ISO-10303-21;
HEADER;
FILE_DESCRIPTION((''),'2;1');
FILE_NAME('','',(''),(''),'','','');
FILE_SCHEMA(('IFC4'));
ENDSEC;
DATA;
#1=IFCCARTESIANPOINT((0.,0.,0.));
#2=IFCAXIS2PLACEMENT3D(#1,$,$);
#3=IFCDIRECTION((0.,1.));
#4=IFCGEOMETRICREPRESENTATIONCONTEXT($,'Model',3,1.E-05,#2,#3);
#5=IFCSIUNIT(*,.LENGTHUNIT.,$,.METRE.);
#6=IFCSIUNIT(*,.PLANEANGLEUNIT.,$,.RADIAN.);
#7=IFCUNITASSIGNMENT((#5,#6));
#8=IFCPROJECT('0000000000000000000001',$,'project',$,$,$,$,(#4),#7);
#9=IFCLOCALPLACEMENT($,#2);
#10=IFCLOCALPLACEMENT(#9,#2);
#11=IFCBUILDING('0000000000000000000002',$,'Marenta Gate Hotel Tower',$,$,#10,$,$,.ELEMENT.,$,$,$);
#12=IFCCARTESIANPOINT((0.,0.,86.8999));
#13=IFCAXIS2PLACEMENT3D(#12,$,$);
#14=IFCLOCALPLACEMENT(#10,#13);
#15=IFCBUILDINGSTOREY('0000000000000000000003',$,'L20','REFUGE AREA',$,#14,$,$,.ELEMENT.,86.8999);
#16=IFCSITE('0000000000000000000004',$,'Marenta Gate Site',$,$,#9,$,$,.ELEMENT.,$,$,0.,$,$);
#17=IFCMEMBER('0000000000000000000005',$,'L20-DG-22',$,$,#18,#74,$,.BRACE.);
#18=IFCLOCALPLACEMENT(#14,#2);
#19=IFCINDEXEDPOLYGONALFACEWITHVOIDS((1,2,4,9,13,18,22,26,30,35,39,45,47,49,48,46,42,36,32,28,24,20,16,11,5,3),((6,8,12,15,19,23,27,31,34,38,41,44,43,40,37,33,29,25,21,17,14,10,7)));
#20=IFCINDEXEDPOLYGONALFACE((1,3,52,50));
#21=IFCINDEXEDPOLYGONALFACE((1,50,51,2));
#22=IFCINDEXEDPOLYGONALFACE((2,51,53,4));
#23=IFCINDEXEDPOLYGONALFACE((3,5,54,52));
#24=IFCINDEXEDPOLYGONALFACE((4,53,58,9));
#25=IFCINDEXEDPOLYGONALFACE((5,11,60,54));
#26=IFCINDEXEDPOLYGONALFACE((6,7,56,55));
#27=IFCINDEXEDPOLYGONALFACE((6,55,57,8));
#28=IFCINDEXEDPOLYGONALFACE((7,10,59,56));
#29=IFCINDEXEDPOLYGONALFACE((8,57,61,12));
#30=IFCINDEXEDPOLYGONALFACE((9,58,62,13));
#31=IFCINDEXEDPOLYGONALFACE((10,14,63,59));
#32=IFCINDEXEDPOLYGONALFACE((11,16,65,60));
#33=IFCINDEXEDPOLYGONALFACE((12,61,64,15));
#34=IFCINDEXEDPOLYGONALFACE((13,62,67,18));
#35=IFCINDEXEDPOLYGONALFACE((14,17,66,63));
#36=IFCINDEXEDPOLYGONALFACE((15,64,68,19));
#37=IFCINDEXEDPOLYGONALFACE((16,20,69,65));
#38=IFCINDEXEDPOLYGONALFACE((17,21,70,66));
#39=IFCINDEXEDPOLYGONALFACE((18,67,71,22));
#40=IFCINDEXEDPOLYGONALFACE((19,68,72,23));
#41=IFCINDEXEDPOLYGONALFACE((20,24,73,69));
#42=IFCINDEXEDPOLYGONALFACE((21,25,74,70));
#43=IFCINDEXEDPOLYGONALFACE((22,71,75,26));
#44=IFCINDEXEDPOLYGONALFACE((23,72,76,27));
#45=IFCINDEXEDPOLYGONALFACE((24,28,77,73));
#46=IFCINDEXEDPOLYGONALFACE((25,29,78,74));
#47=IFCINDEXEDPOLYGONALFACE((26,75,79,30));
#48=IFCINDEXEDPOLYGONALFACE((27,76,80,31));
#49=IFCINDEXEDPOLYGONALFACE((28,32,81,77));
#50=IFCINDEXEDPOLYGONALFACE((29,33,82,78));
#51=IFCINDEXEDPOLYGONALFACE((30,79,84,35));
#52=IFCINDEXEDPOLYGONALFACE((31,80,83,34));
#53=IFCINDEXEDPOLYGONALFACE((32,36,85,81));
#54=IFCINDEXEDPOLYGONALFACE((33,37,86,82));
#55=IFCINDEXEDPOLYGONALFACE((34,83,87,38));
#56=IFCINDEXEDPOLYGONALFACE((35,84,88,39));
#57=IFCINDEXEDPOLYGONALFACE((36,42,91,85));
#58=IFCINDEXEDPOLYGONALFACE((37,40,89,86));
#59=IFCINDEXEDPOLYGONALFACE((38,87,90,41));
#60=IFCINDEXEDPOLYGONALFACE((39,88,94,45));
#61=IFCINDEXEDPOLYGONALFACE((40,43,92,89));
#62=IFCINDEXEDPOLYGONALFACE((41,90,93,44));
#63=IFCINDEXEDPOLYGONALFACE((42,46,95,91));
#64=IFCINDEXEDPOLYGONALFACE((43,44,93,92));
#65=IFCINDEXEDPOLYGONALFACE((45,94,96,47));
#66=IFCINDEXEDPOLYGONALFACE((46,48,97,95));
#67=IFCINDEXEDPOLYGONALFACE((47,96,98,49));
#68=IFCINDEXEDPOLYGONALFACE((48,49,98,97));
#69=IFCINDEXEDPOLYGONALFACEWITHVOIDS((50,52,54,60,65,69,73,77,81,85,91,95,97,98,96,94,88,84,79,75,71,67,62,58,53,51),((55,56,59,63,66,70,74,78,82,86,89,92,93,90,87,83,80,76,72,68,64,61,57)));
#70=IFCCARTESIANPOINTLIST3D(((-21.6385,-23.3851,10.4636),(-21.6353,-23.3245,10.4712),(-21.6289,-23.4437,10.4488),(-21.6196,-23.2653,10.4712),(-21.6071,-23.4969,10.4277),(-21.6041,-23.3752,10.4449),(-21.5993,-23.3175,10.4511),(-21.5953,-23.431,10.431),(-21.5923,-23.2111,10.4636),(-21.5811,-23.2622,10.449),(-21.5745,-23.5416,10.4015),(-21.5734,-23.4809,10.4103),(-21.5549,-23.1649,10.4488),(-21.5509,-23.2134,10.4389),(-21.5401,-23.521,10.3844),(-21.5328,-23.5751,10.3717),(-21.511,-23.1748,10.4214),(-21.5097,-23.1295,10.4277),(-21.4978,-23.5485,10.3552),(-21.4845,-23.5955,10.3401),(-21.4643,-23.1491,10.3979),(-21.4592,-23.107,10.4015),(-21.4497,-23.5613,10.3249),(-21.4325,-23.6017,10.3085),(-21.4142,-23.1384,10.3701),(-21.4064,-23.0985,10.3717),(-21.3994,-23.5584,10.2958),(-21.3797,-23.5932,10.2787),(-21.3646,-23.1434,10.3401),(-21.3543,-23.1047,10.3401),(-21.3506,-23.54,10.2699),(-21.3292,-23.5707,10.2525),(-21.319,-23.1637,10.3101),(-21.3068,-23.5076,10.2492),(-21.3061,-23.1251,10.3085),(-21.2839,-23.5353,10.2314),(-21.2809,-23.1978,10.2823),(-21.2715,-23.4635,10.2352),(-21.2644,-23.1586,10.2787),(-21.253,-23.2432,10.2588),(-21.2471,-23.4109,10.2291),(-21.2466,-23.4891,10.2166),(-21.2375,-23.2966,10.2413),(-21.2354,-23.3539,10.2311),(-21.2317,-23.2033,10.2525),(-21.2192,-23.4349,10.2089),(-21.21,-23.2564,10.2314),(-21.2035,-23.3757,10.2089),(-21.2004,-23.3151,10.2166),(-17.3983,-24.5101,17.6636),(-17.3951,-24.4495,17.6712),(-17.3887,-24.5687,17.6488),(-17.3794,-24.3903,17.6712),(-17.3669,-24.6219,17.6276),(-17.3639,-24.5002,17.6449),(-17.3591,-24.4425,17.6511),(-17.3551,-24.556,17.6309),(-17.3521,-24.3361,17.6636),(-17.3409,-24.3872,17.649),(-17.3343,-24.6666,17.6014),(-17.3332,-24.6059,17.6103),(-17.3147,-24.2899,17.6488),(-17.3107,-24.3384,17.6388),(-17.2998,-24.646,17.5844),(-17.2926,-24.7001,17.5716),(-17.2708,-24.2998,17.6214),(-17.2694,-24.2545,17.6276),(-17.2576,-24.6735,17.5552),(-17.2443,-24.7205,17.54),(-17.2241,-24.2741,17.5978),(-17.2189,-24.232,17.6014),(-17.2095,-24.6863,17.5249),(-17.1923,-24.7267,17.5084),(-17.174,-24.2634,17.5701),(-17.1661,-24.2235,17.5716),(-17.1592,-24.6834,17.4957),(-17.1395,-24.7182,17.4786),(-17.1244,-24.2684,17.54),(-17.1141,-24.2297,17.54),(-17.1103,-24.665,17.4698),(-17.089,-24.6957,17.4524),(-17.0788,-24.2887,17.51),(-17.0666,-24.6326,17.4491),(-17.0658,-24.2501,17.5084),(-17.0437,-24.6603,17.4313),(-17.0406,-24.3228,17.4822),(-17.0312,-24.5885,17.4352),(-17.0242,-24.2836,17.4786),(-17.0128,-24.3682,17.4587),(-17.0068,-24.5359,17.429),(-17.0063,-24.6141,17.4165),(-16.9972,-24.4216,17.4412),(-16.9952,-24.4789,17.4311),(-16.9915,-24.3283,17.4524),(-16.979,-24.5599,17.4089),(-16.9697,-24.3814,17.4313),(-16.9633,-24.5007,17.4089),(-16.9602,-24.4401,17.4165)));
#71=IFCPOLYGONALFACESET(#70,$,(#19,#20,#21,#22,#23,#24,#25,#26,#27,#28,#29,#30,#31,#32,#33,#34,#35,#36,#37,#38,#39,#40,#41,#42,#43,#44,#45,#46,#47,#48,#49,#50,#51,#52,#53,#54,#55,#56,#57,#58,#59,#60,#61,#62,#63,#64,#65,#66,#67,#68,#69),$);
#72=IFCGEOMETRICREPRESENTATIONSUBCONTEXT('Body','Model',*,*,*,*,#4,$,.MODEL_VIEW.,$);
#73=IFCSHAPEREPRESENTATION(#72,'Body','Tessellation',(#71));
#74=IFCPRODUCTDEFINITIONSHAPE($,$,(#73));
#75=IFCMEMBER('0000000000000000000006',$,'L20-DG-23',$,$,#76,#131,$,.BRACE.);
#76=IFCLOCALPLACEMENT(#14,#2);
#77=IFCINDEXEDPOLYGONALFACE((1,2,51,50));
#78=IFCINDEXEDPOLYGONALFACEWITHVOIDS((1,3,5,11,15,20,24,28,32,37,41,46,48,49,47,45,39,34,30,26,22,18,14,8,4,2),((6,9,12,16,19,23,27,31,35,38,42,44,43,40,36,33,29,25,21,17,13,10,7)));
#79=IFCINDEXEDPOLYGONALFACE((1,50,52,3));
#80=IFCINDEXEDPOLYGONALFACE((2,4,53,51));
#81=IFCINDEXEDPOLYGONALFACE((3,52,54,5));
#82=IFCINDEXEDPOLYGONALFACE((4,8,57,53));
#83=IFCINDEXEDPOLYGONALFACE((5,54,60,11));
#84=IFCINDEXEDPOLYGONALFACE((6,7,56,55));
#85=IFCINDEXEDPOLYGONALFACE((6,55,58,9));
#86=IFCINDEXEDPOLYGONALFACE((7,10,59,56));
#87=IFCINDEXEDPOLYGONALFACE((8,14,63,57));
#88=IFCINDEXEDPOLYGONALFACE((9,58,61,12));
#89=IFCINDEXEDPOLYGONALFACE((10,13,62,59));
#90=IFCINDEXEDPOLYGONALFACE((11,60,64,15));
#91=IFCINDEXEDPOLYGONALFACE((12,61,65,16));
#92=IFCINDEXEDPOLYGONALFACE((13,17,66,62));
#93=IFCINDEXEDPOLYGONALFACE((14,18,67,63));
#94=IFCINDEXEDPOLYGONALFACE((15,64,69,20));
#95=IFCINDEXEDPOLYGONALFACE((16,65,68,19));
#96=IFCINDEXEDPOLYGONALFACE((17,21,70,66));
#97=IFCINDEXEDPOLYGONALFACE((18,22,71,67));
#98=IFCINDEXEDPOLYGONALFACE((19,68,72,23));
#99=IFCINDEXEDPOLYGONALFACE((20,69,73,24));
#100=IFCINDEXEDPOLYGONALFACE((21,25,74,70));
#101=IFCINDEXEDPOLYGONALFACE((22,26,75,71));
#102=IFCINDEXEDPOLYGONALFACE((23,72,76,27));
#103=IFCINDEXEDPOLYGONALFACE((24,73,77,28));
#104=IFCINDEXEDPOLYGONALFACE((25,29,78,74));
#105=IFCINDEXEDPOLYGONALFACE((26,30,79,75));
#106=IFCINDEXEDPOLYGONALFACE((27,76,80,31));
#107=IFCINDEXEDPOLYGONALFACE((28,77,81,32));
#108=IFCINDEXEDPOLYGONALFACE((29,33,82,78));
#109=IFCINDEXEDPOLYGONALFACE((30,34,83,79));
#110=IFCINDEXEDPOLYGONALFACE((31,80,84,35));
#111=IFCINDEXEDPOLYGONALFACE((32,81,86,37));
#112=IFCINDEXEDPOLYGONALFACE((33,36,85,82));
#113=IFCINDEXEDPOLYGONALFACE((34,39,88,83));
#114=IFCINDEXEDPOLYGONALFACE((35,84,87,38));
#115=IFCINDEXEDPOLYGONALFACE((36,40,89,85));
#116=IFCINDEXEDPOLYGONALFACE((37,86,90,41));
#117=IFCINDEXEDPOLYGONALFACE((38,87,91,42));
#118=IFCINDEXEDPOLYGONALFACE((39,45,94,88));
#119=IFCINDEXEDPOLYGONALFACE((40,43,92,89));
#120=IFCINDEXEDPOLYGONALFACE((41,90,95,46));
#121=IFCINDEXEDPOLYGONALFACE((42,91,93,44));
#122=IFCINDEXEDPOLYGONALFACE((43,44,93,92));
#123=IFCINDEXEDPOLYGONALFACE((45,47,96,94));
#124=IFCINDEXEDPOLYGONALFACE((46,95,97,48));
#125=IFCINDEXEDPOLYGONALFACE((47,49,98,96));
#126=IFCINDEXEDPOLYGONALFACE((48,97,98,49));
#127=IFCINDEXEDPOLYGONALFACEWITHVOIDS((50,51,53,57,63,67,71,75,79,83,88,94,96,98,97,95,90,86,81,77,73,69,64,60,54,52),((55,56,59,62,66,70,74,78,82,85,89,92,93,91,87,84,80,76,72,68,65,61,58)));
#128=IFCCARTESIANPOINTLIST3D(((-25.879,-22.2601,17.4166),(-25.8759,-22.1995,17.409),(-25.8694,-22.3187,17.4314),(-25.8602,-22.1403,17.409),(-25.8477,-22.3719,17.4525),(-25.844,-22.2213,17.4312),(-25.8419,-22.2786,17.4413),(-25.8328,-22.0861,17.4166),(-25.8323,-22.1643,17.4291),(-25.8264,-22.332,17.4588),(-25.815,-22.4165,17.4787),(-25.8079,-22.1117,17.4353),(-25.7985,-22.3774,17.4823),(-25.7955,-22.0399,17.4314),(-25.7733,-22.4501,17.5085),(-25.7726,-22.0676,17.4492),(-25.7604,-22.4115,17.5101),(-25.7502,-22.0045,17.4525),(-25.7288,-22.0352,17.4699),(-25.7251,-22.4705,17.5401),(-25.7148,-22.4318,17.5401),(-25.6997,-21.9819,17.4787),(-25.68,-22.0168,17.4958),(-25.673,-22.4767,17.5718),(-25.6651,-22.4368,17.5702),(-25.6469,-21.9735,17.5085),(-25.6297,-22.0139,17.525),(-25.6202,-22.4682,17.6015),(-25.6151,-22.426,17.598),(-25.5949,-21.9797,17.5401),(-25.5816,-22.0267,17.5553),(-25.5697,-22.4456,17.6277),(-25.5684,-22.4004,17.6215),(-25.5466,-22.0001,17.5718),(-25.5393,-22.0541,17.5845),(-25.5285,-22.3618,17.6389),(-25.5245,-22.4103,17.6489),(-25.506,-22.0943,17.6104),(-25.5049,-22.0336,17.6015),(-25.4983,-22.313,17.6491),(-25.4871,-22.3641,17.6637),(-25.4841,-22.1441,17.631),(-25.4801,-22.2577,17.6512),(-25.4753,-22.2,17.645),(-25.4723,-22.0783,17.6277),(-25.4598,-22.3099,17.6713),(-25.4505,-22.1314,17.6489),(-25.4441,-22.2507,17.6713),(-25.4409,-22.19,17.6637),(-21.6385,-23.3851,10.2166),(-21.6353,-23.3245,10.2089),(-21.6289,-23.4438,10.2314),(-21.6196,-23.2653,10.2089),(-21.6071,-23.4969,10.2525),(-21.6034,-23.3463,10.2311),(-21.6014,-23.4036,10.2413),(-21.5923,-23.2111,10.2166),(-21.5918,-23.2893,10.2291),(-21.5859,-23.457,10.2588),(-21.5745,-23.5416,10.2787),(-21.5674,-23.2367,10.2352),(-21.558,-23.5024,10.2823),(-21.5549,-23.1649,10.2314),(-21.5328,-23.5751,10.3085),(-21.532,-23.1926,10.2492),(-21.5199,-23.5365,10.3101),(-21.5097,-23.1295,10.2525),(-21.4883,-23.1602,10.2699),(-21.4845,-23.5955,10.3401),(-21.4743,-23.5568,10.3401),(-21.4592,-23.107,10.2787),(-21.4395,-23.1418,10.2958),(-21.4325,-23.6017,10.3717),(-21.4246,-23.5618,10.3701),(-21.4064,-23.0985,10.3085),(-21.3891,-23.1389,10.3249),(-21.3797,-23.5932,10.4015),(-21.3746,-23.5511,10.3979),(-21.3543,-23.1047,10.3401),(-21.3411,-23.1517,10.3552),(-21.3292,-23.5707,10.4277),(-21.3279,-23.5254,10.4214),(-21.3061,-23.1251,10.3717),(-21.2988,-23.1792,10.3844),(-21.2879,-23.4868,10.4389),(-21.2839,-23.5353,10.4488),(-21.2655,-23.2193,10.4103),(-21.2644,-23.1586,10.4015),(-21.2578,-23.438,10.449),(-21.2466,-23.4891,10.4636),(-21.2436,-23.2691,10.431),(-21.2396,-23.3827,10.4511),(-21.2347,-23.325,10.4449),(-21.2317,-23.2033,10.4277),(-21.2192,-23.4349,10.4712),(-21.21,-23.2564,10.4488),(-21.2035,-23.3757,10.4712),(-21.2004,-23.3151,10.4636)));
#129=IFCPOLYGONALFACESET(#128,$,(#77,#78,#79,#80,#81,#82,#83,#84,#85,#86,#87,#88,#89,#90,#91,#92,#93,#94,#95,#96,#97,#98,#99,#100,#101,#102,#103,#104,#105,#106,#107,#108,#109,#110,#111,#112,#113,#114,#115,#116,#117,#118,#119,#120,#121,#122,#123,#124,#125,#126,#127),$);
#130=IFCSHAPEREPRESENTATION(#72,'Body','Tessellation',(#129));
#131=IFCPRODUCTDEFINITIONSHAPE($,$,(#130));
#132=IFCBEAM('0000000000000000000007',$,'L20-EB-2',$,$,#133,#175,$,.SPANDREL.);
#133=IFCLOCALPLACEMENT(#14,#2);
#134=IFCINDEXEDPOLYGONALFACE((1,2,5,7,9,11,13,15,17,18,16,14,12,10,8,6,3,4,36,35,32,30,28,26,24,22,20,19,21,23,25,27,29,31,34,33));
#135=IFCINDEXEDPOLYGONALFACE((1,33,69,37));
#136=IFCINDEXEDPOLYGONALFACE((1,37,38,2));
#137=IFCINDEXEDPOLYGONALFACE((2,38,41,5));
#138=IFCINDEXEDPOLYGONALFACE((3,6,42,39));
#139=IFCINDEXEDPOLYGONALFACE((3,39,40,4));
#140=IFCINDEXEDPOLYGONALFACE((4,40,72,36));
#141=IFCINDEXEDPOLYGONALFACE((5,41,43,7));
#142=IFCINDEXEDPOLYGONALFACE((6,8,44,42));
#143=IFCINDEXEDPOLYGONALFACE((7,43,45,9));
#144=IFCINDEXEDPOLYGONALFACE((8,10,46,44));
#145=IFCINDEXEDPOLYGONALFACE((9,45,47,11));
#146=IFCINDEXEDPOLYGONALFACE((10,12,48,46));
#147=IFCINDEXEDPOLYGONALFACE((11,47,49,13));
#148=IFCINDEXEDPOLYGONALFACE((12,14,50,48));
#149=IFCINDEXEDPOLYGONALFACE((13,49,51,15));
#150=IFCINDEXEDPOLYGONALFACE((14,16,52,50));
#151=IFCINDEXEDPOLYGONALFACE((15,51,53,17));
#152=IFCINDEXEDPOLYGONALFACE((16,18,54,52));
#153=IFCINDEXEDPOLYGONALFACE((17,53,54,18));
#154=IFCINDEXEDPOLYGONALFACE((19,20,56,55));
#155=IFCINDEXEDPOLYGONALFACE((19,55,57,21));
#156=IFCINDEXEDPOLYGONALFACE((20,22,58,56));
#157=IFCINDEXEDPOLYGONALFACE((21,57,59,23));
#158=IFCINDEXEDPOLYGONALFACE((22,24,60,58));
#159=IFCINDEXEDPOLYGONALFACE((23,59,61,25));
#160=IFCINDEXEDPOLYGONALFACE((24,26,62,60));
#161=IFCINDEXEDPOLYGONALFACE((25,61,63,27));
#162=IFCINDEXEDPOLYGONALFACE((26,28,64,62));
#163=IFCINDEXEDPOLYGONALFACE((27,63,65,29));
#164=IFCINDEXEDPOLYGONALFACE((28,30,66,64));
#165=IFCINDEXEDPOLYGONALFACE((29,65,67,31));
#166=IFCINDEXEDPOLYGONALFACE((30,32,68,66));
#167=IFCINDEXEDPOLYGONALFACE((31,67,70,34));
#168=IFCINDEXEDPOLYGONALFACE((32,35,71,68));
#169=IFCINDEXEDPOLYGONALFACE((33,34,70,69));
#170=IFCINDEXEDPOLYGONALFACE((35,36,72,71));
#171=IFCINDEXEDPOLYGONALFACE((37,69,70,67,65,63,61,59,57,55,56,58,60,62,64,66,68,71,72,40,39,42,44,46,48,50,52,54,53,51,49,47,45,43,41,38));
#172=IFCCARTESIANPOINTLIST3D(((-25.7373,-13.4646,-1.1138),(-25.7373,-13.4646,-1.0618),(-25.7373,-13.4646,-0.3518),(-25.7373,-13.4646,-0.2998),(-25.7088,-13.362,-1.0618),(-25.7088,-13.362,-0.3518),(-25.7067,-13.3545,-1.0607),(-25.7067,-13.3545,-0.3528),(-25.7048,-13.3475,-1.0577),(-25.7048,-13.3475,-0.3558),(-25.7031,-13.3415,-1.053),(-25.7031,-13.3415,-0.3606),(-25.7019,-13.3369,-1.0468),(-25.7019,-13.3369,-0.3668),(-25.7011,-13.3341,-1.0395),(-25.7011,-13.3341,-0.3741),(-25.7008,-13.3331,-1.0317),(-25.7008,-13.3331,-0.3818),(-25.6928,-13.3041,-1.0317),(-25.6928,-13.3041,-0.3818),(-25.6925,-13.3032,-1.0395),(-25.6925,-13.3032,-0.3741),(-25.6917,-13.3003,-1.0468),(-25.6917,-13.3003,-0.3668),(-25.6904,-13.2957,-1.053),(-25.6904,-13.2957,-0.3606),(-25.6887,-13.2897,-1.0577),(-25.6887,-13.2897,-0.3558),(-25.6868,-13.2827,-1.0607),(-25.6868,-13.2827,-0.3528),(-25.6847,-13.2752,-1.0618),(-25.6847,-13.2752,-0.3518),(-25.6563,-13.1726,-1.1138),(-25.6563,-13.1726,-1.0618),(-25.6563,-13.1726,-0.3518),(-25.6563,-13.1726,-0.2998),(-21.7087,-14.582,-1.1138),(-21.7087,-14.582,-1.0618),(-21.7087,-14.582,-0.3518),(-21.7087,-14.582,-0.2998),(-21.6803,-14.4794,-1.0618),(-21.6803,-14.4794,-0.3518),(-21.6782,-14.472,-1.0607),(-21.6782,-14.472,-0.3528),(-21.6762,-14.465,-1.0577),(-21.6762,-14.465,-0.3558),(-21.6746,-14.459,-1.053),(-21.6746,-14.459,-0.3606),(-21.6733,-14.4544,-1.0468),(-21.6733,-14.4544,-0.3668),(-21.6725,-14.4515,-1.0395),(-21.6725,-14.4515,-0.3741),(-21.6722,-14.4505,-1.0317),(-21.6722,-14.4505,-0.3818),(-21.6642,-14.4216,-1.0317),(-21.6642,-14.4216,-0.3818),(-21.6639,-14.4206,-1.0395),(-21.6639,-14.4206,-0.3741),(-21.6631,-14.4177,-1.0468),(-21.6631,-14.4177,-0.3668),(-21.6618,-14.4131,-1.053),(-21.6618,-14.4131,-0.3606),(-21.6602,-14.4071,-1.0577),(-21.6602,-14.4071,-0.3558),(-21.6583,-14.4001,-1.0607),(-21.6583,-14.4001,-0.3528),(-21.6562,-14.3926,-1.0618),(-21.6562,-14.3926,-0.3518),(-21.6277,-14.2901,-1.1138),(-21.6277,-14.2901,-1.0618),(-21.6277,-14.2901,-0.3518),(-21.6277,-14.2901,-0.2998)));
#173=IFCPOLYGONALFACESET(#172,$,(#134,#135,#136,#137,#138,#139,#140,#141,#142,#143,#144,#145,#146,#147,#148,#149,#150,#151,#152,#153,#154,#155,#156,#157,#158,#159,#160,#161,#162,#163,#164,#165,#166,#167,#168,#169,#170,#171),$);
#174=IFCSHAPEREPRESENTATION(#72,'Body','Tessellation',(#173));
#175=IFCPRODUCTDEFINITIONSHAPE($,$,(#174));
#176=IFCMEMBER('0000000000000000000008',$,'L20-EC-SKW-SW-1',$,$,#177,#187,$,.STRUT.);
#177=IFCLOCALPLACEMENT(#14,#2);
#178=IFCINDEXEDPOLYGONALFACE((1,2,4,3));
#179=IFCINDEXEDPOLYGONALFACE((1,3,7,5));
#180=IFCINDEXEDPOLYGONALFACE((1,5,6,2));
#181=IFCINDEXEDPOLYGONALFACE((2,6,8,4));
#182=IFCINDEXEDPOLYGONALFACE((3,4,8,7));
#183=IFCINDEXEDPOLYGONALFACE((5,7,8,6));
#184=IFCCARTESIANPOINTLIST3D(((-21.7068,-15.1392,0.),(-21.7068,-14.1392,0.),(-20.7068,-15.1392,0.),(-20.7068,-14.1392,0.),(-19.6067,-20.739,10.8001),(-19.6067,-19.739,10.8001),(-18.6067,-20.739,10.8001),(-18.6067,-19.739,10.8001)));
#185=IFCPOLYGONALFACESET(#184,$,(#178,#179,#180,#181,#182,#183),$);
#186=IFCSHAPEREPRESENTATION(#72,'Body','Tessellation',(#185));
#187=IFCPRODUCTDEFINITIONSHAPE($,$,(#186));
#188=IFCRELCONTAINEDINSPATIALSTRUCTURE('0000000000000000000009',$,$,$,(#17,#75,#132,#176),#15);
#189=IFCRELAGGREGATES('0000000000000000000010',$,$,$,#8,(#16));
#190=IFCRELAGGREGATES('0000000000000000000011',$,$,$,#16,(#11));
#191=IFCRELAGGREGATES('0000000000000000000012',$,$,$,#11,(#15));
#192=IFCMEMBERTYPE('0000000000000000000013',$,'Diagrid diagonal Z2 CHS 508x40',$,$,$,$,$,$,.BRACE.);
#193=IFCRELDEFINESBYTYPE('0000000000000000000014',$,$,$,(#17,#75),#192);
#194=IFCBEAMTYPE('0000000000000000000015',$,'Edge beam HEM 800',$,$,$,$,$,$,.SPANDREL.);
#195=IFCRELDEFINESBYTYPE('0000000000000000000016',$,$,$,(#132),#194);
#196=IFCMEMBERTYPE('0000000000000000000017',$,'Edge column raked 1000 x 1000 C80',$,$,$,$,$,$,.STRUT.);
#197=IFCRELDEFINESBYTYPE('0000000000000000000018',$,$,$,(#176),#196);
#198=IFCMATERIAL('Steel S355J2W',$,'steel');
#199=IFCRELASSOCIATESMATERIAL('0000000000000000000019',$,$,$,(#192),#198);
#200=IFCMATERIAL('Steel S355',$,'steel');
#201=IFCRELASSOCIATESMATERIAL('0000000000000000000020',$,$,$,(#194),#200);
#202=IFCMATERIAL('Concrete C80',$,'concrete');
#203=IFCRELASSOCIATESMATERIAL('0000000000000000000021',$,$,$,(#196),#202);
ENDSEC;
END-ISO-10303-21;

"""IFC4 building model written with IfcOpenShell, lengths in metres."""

from ifc_helpers import new_model, si_unit, direction, frame, origin, origin_2d, place, context, subcontext, project, spatial, rectangle, hollow_circle, i_section, extrude, material, material_profile, profile_set, type_object, element, save


model = new_model("IFC4")

# Units and contexts
model_context = context("Model", 3, precision=1e-05, world=origin(), true_north=direction((0.0, 1.0)))
body_context = subcontext(model_context, "Body", "Model", "MODEL_VIEW")
ifc_project = project(units=[si_unit("LENGTHUNIT", "METRE"), si_unit("PLANEANGLEUNIT", "RADIAN")], contexts=[model_context])

# Site, building, storey
site_placement = place(None, origin())
site = spatial("IfcSite", under=ifc_project, at=site_placement, Name="Marenta Gate Site", CompositionType="ELEMENT", RefElevation=0.0)
building_placement = place(site_placement, origin())
building = spatial("IfcBuilding", under=site, at=building_placement, Name="Marenta Gate Hotel Tower", CompositionType="ELEMENT")
storey_placement = place(building_placement, frame((0.0, 0.0, 86.8999)))
storey = spatial("IfcBuildingStorey", under=building, at=storey_placement, Name="L20", Description="REFUGE AREA", CompositionType="ELEMENT", Elevation=86.8999)

# Members
ifc_material_1 = material(Name="Steel S355J2W", Category="steel")
ifc_material_profile_1 = material_profile(ifc_material_1, hollow_circle(Radius=0.2539, WallThickness=0.04, at=origin_2d()), Name="CHS 508x40")
ifc_profile_set_1 = profile_set([ifc_material_profile_1], Name="Steel S355J2W")
member_type_1 = type_object("IfcMemberType", Name="Diagrid diagonal Z2 CHS 508x40", PredefinedType="BRACE", material=ifc_profile_set_1)
member_1_placement = place(storey_placement, frame((-21.4194, -23.3501, 10.3401), z_axis=(0.502924, -0.133434, 0.853969), x_axis=(0.256443, 0.966559, 0.0)))
element("IfcMember", 1, at=member_1_placement, inside=storey, type_object=member_type_1, Name="L20-DG-22", PredefinedType="BRACE", context=body_context, shape_type="SweptSolid", body=[
    extrude(hollow_circle(Radius=0.2539, WallThickness=0.04, at=origin_2d()), origin(), (0.0, 0.0, 1.0), 8.4312),
])
member_2_placement = place(storey_placement, frame((-21.4194, -23.3501, 10.3401), z_axis=(-0.502946, 0.133432, 0.853956), x_axis=(-0.256429, -0.966563, 0.0)))
element("IfcMember", 2, at=member_2_placement, inside=storey, type_object=member_type_1, Name="L20-DG-23", PredefinedType="BRACE", context=body_context, shape_type="SweptSolid", body=[
    extrude(hollow_circle(Radius=0.2539, WallThickness=0.04, at=origin_2d()), origin(), (0.0, 0.0, 1.0), 8.4314),
])

# Beam
ifc_material_2 = material(Name="Steel S355", Category="steel")
ifc_material_profile_2 = material_profile(ifc_material_2, i_section(OverallWidth=0.303, OverallDepth=0.814, WebThickness=0.03, FlangeThickness=0.052, FilletRadius=0.03, at=origin_2d()), Name="HEM 800")
ifc_profile_set_2 = profile_set([ifc_material_profile_2], Name="Steel S355")
beam_type_1 = type_object("IfcBeamType", Name="Edge beam HEM 800", PredefinedType="SPANDREL", material=ifc_profile_set_2)
beam_1_placement = place(storey_placement, frame((-21.6682, -14.436, -0.7068), z_axis=(-0.963617, 0.267285, 0.0), x_axis=(-0.267285, -0.963617, 0.0)))
element("IfcBeam", 3, at=beam_1_placement, inside=storey, type_object=beam_type_1, Name="L20-EB-2", PredefinedType="SPANDREL", context=body_context, shape_type="SweptSolid", body=[
    extrude(i_section(OverallWidth=0.303, OverallDepth=0.814, WebThickness=0.03, FlangeThickness=0.052, FilletRadius=0.03, at=origin_2d()), origin(), (0.0, 0.0, 1.0), 4.1807),
])

# Member
ifc_material_3 = material(Name="Concrete C80", Category="concrete")
ifc_material_profile_3 = material_profile(ifc_material_3, rectangle(XDim=1.0, YDim=1.0, at=origin_2d()), Name="1000 x 1000")
ifc_profile_set_3 = profile_set([ifc_material_profile_3], Name="Concrete C80")
member_type_2 = type_object("IfcMemberType", Name="Edge column raked 1000 x 1000 C80", PredefinedType="STRUT", material=ifc_profile_set_3)
member_3_placement = place(storey_placement, frame((-21.2068, -14.6392, 0.0), z_axis=(0.0, 0.0, 1.0), x_axis=(1.0, 0.0, 0.0)))
element("IfcMember", 4, at=member_3_placement, inside=storey, type_object=member_type_2, Name="L20-EC-SKW-SW-1", PredefinedType="STRUT", context=body_context, shape_type="SweptSolid", body=[
    extrude(rectangle(XDim=1.0, YDim=1.0, at=origin_2d()), origin(), (0.170111, -0.453597, 0.874821), 12.3455),
])

save(model, "model.ifc")
